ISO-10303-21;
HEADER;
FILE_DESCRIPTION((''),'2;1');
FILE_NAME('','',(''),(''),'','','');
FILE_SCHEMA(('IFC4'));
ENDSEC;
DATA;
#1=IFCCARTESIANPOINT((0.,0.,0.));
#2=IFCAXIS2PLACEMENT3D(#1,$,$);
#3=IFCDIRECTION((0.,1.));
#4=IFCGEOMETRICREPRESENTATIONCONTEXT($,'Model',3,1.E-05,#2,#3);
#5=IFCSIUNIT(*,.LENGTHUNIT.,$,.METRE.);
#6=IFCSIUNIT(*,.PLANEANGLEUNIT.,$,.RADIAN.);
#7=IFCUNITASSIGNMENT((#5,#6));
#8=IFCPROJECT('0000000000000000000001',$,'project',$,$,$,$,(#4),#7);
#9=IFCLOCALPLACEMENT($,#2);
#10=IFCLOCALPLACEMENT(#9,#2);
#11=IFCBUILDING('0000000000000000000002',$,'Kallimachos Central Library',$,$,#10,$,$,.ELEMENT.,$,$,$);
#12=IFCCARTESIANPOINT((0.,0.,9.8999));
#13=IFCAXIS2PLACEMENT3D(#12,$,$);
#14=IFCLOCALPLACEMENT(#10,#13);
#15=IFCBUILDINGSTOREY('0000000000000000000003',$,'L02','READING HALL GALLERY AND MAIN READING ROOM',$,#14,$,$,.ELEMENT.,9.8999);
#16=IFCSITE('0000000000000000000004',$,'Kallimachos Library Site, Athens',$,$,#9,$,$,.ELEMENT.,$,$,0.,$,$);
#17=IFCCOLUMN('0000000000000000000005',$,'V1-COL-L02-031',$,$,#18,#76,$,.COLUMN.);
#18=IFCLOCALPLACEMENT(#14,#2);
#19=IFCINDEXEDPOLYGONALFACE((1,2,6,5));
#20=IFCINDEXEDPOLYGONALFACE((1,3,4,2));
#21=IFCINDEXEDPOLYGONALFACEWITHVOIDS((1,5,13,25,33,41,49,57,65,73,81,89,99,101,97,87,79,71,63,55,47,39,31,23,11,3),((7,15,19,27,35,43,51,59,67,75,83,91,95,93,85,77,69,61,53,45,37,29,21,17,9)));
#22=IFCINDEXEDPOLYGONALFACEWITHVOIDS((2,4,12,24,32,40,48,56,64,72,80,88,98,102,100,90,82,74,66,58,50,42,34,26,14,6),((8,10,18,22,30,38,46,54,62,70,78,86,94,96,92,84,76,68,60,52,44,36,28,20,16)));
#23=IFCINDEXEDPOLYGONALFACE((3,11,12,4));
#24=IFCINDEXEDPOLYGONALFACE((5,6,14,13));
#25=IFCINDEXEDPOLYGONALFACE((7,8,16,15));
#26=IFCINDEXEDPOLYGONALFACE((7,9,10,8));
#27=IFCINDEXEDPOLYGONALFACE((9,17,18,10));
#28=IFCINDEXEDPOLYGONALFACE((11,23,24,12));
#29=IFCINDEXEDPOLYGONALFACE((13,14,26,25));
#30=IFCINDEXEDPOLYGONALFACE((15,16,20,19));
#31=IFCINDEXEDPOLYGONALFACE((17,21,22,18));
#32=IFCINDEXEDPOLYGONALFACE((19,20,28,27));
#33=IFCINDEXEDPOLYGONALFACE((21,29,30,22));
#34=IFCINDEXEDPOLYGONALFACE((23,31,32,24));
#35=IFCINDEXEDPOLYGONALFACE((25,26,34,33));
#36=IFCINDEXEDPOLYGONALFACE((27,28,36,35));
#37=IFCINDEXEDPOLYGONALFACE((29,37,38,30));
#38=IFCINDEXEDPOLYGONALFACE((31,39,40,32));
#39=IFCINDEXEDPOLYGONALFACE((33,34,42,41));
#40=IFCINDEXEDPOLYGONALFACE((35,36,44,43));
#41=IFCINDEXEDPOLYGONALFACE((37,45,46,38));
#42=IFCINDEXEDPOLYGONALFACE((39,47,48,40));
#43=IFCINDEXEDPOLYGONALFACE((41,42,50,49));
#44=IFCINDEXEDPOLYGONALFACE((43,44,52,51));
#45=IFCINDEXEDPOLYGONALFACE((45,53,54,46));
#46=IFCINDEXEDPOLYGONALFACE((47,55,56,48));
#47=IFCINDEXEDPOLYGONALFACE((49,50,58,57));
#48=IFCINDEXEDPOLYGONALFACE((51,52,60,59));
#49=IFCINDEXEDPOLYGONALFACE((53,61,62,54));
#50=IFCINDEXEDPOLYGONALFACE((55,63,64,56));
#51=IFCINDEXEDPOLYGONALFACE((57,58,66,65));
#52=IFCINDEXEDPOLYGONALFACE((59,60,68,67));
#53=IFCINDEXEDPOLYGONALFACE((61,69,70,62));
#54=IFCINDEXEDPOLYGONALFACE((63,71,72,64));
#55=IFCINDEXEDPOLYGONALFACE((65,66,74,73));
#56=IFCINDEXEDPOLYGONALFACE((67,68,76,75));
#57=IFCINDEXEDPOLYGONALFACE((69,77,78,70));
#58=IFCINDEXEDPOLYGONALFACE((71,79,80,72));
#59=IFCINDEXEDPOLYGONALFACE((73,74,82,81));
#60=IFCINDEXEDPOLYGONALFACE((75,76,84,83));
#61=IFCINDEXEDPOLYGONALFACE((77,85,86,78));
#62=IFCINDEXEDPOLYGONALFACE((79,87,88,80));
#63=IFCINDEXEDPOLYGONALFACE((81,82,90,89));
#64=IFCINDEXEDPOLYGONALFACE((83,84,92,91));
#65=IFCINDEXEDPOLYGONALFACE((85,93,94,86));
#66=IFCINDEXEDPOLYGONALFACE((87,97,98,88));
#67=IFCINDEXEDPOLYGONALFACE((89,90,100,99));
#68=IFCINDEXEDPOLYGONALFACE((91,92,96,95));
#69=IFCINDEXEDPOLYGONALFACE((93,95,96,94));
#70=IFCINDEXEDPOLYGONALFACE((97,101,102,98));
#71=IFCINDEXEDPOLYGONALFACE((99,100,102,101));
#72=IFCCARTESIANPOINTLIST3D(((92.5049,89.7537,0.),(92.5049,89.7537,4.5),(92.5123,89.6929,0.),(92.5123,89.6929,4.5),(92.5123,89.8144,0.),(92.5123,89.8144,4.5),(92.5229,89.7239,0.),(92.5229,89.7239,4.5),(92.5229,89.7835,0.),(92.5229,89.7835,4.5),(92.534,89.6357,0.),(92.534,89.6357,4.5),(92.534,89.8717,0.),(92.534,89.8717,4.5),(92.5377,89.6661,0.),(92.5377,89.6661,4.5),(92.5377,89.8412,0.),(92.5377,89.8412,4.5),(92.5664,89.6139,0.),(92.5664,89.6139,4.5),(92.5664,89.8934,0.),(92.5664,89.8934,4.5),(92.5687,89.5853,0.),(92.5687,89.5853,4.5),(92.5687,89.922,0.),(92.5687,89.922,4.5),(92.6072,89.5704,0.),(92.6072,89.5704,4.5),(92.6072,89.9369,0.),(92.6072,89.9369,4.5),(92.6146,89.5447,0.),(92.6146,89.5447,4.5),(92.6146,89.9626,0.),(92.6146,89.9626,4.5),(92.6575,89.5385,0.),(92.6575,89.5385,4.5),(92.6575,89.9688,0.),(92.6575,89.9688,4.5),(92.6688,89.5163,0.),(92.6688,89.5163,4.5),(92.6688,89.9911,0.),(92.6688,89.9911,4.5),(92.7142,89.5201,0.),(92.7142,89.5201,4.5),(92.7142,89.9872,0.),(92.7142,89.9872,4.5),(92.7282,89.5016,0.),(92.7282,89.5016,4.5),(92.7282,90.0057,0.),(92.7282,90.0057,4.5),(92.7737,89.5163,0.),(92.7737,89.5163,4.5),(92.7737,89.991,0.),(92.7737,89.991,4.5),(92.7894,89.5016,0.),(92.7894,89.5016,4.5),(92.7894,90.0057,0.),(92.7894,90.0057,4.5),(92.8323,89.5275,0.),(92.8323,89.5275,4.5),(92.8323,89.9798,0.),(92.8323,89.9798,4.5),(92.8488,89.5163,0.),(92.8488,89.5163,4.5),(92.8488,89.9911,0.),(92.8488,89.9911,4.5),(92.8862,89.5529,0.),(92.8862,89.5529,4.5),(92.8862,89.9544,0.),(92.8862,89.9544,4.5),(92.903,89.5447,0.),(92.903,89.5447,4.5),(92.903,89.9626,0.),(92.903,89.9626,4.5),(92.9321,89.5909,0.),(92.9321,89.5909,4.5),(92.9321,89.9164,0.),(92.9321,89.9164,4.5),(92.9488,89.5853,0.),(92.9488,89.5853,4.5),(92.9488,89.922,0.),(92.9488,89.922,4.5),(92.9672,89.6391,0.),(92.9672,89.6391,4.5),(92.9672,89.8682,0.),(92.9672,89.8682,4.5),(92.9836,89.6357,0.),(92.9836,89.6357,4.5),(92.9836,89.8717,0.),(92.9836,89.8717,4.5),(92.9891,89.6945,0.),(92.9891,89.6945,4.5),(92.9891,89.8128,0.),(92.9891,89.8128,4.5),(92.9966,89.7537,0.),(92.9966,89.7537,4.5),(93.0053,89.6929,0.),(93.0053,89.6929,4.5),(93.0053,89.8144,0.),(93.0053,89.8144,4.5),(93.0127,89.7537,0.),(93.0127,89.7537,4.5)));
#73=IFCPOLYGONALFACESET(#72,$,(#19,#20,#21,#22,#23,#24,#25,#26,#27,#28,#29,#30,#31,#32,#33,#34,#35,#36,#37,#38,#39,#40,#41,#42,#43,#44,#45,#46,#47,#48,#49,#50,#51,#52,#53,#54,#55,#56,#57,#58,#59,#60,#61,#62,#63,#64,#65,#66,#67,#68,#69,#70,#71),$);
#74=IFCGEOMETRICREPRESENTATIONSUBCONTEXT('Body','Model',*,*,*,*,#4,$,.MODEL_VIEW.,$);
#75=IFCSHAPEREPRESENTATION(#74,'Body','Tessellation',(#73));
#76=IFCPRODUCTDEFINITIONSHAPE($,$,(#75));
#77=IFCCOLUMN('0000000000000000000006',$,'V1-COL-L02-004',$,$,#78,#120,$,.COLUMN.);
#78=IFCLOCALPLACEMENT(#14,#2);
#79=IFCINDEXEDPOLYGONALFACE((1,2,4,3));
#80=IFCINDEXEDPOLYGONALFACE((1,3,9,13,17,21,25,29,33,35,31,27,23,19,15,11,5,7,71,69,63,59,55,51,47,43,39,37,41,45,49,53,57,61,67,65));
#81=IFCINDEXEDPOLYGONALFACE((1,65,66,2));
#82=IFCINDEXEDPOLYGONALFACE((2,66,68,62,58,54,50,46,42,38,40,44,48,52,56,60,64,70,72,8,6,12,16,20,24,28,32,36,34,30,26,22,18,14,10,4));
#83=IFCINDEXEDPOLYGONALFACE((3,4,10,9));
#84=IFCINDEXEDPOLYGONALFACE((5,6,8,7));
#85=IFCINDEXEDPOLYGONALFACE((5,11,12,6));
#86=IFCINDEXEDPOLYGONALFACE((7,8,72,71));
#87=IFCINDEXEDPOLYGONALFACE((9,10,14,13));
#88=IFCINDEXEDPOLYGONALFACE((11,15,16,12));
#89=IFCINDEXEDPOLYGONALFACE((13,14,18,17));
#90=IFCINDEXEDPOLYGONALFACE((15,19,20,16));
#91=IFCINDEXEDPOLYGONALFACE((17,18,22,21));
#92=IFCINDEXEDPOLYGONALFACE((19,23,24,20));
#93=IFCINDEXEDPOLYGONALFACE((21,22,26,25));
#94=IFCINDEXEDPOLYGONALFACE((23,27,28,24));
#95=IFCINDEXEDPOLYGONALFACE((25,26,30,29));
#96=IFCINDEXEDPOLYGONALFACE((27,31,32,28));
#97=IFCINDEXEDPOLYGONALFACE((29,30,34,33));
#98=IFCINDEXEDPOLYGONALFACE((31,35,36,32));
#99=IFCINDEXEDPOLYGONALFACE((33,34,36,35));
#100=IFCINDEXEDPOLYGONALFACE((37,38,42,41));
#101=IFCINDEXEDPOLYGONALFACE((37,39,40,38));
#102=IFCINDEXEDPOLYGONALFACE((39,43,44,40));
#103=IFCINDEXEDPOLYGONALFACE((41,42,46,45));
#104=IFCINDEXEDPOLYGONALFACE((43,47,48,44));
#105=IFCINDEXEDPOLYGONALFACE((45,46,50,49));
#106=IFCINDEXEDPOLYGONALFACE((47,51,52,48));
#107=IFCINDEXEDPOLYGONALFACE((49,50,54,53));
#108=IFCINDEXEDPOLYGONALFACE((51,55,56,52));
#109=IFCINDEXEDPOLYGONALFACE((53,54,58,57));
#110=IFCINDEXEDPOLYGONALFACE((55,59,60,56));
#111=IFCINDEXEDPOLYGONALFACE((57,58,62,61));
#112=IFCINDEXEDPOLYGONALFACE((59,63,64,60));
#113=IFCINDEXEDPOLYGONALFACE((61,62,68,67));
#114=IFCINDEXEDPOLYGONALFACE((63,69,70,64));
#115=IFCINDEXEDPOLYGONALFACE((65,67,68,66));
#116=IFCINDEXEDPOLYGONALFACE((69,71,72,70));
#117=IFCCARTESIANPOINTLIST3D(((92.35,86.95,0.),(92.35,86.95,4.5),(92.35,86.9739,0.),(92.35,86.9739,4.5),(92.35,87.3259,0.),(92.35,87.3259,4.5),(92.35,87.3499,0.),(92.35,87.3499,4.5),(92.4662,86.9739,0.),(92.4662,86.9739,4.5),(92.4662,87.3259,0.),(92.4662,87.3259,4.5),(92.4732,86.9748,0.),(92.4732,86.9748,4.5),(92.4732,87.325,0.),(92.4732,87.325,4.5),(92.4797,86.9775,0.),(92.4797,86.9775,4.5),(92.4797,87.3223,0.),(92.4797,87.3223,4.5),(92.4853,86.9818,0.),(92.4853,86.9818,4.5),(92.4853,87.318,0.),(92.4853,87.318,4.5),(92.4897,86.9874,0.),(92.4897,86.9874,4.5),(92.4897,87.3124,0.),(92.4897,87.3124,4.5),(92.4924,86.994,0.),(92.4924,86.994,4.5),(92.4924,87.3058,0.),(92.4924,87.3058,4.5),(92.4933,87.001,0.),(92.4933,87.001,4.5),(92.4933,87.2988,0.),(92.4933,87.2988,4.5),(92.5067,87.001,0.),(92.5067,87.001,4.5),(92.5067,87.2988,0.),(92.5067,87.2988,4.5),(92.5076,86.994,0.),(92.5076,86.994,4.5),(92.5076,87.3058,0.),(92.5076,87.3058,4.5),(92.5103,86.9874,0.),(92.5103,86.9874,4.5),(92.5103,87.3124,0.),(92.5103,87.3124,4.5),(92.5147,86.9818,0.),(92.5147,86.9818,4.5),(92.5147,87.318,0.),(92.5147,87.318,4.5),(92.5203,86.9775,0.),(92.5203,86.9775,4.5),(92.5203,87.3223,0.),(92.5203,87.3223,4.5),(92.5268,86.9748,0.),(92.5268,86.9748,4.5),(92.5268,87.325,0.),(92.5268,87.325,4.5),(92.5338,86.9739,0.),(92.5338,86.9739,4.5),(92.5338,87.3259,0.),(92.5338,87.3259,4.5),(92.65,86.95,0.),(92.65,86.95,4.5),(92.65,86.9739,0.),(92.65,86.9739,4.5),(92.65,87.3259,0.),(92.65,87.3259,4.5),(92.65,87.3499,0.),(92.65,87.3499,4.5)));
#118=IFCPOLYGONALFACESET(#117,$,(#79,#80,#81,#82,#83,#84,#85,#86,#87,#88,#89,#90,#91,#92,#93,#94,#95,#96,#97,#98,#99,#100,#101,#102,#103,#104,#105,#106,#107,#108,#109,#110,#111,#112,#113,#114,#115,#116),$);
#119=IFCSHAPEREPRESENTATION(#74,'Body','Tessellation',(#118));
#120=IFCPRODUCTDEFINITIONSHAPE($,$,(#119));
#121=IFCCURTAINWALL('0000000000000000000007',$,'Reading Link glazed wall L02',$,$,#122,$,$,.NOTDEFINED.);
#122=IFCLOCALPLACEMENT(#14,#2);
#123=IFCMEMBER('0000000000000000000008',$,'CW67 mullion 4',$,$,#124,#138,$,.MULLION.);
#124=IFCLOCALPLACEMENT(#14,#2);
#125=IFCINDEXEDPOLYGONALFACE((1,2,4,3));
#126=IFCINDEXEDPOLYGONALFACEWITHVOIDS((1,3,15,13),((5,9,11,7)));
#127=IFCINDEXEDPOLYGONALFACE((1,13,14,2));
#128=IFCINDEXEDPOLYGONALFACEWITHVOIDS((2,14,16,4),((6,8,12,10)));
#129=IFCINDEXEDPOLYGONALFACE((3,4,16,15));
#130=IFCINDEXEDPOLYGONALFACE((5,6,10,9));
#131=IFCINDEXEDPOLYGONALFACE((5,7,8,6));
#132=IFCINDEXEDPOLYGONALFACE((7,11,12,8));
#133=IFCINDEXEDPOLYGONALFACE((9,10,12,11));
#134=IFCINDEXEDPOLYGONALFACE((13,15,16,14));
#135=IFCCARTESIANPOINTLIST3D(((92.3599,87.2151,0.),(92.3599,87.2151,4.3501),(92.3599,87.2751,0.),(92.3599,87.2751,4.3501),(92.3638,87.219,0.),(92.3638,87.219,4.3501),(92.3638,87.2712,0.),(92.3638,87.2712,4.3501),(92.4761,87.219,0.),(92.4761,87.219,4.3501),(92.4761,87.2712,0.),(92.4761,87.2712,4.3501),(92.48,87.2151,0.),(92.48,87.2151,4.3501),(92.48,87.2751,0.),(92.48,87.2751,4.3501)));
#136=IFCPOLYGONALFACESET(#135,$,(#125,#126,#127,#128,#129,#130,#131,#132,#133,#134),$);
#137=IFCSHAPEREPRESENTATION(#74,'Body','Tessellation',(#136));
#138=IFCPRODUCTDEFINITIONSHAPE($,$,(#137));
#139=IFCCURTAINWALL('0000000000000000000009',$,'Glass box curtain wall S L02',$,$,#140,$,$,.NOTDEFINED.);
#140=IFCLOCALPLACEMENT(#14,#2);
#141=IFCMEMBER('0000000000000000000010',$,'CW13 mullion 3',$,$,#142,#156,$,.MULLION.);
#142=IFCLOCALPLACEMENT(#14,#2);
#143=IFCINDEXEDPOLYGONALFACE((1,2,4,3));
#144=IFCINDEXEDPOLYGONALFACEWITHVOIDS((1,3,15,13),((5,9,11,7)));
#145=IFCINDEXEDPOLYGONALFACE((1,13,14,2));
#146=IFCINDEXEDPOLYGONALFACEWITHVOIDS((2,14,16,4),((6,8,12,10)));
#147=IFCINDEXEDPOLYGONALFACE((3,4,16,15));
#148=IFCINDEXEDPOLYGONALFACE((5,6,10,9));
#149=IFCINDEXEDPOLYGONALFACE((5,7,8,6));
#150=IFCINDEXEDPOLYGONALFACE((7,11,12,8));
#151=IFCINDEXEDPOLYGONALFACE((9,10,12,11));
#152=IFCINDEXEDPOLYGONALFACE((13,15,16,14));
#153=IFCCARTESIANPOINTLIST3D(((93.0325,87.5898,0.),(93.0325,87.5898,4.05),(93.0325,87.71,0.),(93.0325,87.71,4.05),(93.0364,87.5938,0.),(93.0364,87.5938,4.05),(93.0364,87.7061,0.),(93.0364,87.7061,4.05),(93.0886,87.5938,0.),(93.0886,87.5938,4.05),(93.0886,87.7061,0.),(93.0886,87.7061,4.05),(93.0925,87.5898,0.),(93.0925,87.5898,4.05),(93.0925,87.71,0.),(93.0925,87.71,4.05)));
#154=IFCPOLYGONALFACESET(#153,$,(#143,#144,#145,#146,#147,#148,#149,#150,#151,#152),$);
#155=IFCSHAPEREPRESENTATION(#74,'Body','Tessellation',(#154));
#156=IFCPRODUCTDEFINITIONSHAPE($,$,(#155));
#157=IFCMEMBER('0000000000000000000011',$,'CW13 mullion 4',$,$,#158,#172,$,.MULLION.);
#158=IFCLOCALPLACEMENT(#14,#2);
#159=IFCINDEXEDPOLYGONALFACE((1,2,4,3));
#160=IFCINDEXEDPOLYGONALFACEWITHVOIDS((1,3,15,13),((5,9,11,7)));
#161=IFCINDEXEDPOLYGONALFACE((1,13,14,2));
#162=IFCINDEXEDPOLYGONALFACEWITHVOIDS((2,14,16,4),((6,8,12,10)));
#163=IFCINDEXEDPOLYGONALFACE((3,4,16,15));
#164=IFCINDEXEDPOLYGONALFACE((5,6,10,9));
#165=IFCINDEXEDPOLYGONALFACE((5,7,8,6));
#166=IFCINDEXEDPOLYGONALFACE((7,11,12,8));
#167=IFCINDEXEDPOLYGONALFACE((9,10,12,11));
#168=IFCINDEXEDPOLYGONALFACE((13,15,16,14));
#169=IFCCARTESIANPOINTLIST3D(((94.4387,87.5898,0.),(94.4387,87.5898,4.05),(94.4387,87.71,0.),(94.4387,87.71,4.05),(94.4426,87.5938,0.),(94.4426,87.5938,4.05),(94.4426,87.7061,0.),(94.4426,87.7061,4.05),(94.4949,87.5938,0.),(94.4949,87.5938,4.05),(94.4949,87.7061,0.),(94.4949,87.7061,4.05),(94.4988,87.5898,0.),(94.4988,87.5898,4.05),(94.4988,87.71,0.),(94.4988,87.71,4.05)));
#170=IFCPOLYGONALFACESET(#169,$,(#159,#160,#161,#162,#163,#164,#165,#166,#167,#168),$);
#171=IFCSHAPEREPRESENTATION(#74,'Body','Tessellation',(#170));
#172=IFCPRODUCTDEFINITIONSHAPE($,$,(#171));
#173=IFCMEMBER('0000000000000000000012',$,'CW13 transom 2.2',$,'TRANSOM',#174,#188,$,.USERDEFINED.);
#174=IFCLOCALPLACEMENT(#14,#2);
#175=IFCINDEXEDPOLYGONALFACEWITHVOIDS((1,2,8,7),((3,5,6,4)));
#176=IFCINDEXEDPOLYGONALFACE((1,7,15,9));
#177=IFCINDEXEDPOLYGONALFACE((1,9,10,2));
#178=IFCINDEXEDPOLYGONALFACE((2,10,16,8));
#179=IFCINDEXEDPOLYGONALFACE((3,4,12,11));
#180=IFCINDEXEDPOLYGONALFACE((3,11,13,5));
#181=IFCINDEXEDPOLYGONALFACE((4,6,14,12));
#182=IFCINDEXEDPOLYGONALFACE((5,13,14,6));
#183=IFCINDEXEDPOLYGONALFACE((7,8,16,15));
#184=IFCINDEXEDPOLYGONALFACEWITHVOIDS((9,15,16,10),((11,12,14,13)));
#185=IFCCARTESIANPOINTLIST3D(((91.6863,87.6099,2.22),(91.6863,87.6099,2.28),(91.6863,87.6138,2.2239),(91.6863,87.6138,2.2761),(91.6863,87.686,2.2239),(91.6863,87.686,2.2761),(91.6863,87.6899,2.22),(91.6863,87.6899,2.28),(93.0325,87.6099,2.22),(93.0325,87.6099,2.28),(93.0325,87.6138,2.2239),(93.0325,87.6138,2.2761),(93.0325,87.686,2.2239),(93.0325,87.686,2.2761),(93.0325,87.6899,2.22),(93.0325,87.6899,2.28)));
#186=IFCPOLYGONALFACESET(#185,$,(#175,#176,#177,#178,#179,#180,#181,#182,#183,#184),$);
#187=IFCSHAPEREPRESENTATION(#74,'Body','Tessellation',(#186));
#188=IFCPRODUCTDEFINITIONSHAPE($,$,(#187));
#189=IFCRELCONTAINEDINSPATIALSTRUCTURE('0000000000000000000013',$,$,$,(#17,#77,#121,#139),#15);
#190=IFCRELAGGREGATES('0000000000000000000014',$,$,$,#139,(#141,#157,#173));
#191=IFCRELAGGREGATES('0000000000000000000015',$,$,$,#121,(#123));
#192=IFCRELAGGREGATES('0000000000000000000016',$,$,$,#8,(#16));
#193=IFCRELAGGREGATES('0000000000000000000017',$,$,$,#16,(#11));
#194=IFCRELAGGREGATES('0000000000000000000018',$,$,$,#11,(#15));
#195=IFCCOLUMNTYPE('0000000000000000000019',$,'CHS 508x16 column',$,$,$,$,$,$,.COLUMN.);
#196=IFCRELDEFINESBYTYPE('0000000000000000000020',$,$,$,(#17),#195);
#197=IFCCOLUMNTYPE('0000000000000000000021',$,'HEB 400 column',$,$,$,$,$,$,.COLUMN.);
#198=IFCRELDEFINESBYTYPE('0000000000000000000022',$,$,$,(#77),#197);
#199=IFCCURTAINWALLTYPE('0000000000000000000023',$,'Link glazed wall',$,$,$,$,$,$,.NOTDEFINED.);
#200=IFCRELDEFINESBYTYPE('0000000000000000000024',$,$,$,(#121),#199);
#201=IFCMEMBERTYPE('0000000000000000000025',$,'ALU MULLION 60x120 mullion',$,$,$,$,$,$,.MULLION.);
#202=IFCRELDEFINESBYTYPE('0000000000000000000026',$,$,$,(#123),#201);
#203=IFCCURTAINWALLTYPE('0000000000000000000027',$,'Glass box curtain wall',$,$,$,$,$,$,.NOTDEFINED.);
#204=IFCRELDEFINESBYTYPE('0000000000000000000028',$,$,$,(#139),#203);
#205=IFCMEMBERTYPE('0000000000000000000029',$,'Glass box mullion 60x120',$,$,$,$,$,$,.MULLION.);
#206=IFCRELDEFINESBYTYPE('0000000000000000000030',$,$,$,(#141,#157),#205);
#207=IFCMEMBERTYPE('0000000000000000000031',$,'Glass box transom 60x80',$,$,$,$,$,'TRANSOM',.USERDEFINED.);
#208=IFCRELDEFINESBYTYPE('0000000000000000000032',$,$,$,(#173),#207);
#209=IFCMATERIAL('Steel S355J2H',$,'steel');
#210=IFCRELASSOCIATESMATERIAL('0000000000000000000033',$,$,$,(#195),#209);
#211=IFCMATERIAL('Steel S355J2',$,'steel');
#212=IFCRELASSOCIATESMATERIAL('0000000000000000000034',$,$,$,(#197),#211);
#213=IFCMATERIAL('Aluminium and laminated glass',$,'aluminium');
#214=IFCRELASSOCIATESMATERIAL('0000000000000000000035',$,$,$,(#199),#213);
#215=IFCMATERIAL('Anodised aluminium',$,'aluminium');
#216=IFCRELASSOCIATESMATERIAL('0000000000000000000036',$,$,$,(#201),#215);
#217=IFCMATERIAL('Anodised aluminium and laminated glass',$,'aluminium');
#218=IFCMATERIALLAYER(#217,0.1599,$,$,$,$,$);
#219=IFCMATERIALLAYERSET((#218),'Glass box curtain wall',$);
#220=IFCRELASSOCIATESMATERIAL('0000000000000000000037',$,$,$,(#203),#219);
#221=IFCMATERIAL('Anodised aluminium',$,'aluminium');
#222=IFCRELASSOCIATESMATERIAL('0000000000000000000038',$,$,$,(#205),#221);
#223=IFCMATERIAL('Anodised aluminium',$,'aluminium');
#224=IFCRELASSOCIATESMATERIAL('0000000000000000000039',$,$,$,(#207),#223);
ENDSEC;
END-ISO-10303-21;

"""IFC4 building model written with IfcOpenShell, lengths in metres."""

from ifc_helpers import new_model, si_unit, direction, frame, origin, origin_2d, place, context, subcontext, project, spatial, hollow_rectangle, hollow_circle, i_section, extrude, material, layer, layer_set, material_profile, profile_set, type_object, element, aggregate, save


model = new_model("IFC4")

# Units and contexts
model_context = context("Model", 3, precision=1e-05, world=origin(), true_north=direction((0.0, 1.0)))
body_context = subcontext(model_context, "Body", "Model", "MODEL_VIEW")
ifc_project = project(units=[si_unit("LENGTHUNIT", "METRE"), si_unit("PLANEANGLEUNIT", "RADIAN")], contexts=[model_context])

# Site, building, storey
site_placement = place(None, origin())
site = spatial("IfcSite", under=ifc_project, at=site_placement, Name="Kallimachos Library Site, Athens", CompositionType="ELEMENT", RefElevation=0.0)
building_placement = place(site_placement, origin())
building = spatial("IfcBuilding", under=site, at=building_placement, Name="Kallimachos Central Library", CompositionType="ELEMENT")
storey_placement = place(building_placement, frame((0.0, 0.0, 9.8999)))
storey = spatial("IfcBuildingStorey", under=building, at=storey_placement, Name="L02", Description="READING HALL GALLERY AND MAIN READING ROOM", CompositionType="ELEMENT", Elevation=9.8999)

# Columns
ifc_material_1 = material(Name="Steel S355J2H", Category="steel")
ifc_material_profile_1 = material_profile(ifc_material_1, hollow_circle(Radius=0.2539, WallThickness=0.0161, at=origin_2d()), Name="CHS 508x16")
ifc_profile_set_1 = profile_set([ifc_material_profile_1], Name="Steel S355J2H")
column_type_1 = type_object("IfcColumnType", Name="CHS 508x16 column", PredefinedType="COLUMN", material=ifc_profile_set_1)
column_1_placement = place(storey_placement, frame((92.7588, 89.7537, 0.0), z_axis=(0.0, 0.0, 1.0), x_axis=(1.0, 0.0, 0.0)))
element("IfcColumn", 1, at=column_1_placement, inside=storey, type_object=column_type_1, Name="V1-COL-L02-031", PredefinedType="COLUMN", context=body_context, shape_type="SweptSolid", body=[
    extrude(hollow_circle(Radius=0.2539, WallThickness=0.0161, at=origin_2d()), origin(), (0.0, 0.0, 1.0), 4.5),
])
ifc_material_2 = material(Name="Steel S355J2", Category="steel")
ifc_material_profile_2 = material_profile(ifc_material_2, i_section(OverallWidth=0.3, OverallDepth=0.3999, WebThickness=0.0134, FlangeThickness=0.0239, FilletRadius=0.0271, at=origin_2d()), Name="HEB 400")
ifc_profile_set_2 = profile_set([ifc_material_profile_2], Name="Steel S355J2")
column_type_2 = type_object("IfcColumnType", Name="HEB 400 column", PredefinedType="COLUMN", material=ifc_profile_set_2)
column_2_placement = place(storey_placement, frame((92.5, 87.1499, 0.0), z_axis=(0.0, 0.0, 1.0), x_axis=(1.0, 0.0, 0.0)))
element("IfcColumn", 2, at=column_2_placement, inside=storey, type_object=column_type_2, Name="V1-COL-L02-004", PredefinedType="COLUMN", context=body_context, shape_type="SweptSolid", body=[
    extrude(i_section(OverallWidth=0.3, OverallDepth=0.3999, WebThickness=0.0134, FlangeThickness=0.0239, FilletRadius=0.0271, at=origin_2d()), origin(), (0.0, 0.0, 1.0), 4.5),
])

# Curtain wall, member
ifc_material_3 = material(Name="Aluminium and laminated glass", Category="aluminium")
curtain_wall_type_1 = type_object("IfcCurtainWallType", Name="Link glazed wall", PredefinedType="NOTDEFINED", material=ifc_material_3)
curtain_wall_1_placement = place(storey_placement, origin())
curtain_wall_1 = element("IfcCurtainWall", 3, at=curtain_wall_1_placement, inside=storey, type_object=curtain_wall_type_1, Name="Reading Link glazed wall L02", PredefinedType="NOTDEFINED")
ifc_material_4 = material(Name="Anodised aluminium", Category="aluminium")
ifc_material_profile_3 = material_profile(ifc_material_4, hollow_rectangle(XDim=0.0601, YDim=0.1201, WallThickness=0.0039, at=origin_2d()), Name="ALU MULLION 60x120")
ifc_profile_set_3 = profile_set([ifc_material_profile_3], Name="Anodised aluminium")
member_type_1 = type_object("IfcMemberType", Name="ALU MULLION 60x120 mullion", PredefinedType="MULLION", material=ifc_profile_set_3)
member_1_placement = place(storey_placement, frame((92.4199, 87.2451, 0.0), z_axis=(0.0, 0.0, 1.0), x_axis=(0.0, 1.0, 0.0)))
member_1 = element("IfcMember", 4, at=member_1_placement, type_object=member_type_1, Name="CW67 mullion 4", PredefinedType="MULLION", context=body_context, shape_type="SweptSolid", body=[
    extrude(hollow_rectangle(XDim=0.0601, YDim=0.1201, WallThickness=0.0039, at=origin_2d()), origin(), (0.0, 0.0, 1.0), 4.3501),
])

# Curtain wall, members
ifc_material_5 = material(Name="Anodised aluminium and laminated glass", Category="aluminium")
ifc_layer_1 = layer(ifc_material_5, 0.1599)
ifc_layer_set_1 = layer_set([ifc_layer_1], Name="Glass box curtain wall")
curtain_wall_type_2 = type_object("IfcCurtainWallType", Name="Glass box curtain wall", PredefinedType="NOTDEFINED", material=ifc_layer_set_1)
curtain_wall_2_placement = place(storey_placement, origin())
curtain_wall_2 = element("IfcCurtainWall", 5, at=curtain_wall_2_placement, inside=storey, type_object=curtain_wall_type_2, Name="Glass box curtain wall S L02", PredefinedType="NOTDEFINED")
ifc_material_6 = material(Name="Anodised aluminium", Category="aluminium")
ifc_material_profile_4 = material_profile(ifc_material_6, hollow_rectangle(XDim=0.0601, YDim=0.1201, WallThickness=0.0039, at=origin_2d()), Name="ALU MULLION 60x120")
ifc_profile_set_4 = profile_set([ifc_material_profile_4], Name="Anodised aluminium")
member_type_2 = type_object("IfcMemberType", Name="Glass box mullion 60x120", PredefinedType="MULLION", material=ifc_profile_set_4)
member_2_placement = place(storey_placement, frame((93.0625, 87.6499, 0.0), z_axis=(0.0, 0.0, 1.0), x_axis=(1.0, 0.0, 0.0)))
member_2 = element("IfcMember", 6, at=member_2_placement, type_object=member_type_2, Name="CW13 mullion 3", PredefinedType="MULLION", context=body_context, shape_type="SweptSolid", body=[
    extrude(hollow_rectangle(XDim=0.0601, YDim=0.1201, WallThickness=0.0039, at=origin_2d()), origin(), (0.0, 0.0, 1.0), 4.05),
])
member_3_placement = place(storey_placement, frame((94.4688, 87.6499, 0.0), z_axis=(0.0, 0.0, 1.0), x_axis=(1.0, 0.0, 0.0)))
member_3 = element("IfcMember", 7, at=member_3_placement, type_object=member_type_2, Name="CW13 mullion 4", PredefinedType="MULLION", context=body_context, shape_type="SweptSolid", body=[
    extrude(hollow_rectangle(XDim=0.0601, YDim=0.1201, WallThickness=0.0039, at=origin_2d()), origin(), (0.0, 0.0, 1.0), 4.05),
])
ifc_material_7 = material(Name="Anodised aluminium", Category="aluminium")
ifc_material_profile_5 = material_profile(ifc_material_7, hollow_rectangle(XDim=0.0601, YDim=0.0801, WallThickness=0.0039, at=origin_2d()), Name="ALU TRANSOM 60x80")
ifc_profile_set_5 = profile_set([ifc_material_profile_5], Name="Anodised aluminium")
member_type_3 = type_object("IfcMemberType", Name="Glass box transom 60x80", ElementType="TRANSOM", PredefinedType="USERDEFINED", material=ifc_profile_set_5)
member_4_placement = place(storey_placement, frame((91.6863, 87.6499, 2.25), z_axis=(1.0, 0.0, 0.0), x_axis=(0.0, 0.0, 1.0)))
member_4 = element("IfcMember", 8, at=member_4_placement, type_object=member_type_3, Name="CW13 transom 2.2", ObjectType="TRANSOM", PredefinedType="USERDEFINED", context=body_context, shape_type="SweptSolid", body=[
    extrude(hollow_rectangle(XDim=0.0601, YDim=0.0801, WallThickness=0.0039, at=origin_2d()), origin(), (0.0, 0.0, 1.0), 1.3462),
])

aggregate(curtain_wall_2, [member_2, member_3, member_4])
aggregate(curtain_wall_1, [member_1])

save(model, "model.ifc")
